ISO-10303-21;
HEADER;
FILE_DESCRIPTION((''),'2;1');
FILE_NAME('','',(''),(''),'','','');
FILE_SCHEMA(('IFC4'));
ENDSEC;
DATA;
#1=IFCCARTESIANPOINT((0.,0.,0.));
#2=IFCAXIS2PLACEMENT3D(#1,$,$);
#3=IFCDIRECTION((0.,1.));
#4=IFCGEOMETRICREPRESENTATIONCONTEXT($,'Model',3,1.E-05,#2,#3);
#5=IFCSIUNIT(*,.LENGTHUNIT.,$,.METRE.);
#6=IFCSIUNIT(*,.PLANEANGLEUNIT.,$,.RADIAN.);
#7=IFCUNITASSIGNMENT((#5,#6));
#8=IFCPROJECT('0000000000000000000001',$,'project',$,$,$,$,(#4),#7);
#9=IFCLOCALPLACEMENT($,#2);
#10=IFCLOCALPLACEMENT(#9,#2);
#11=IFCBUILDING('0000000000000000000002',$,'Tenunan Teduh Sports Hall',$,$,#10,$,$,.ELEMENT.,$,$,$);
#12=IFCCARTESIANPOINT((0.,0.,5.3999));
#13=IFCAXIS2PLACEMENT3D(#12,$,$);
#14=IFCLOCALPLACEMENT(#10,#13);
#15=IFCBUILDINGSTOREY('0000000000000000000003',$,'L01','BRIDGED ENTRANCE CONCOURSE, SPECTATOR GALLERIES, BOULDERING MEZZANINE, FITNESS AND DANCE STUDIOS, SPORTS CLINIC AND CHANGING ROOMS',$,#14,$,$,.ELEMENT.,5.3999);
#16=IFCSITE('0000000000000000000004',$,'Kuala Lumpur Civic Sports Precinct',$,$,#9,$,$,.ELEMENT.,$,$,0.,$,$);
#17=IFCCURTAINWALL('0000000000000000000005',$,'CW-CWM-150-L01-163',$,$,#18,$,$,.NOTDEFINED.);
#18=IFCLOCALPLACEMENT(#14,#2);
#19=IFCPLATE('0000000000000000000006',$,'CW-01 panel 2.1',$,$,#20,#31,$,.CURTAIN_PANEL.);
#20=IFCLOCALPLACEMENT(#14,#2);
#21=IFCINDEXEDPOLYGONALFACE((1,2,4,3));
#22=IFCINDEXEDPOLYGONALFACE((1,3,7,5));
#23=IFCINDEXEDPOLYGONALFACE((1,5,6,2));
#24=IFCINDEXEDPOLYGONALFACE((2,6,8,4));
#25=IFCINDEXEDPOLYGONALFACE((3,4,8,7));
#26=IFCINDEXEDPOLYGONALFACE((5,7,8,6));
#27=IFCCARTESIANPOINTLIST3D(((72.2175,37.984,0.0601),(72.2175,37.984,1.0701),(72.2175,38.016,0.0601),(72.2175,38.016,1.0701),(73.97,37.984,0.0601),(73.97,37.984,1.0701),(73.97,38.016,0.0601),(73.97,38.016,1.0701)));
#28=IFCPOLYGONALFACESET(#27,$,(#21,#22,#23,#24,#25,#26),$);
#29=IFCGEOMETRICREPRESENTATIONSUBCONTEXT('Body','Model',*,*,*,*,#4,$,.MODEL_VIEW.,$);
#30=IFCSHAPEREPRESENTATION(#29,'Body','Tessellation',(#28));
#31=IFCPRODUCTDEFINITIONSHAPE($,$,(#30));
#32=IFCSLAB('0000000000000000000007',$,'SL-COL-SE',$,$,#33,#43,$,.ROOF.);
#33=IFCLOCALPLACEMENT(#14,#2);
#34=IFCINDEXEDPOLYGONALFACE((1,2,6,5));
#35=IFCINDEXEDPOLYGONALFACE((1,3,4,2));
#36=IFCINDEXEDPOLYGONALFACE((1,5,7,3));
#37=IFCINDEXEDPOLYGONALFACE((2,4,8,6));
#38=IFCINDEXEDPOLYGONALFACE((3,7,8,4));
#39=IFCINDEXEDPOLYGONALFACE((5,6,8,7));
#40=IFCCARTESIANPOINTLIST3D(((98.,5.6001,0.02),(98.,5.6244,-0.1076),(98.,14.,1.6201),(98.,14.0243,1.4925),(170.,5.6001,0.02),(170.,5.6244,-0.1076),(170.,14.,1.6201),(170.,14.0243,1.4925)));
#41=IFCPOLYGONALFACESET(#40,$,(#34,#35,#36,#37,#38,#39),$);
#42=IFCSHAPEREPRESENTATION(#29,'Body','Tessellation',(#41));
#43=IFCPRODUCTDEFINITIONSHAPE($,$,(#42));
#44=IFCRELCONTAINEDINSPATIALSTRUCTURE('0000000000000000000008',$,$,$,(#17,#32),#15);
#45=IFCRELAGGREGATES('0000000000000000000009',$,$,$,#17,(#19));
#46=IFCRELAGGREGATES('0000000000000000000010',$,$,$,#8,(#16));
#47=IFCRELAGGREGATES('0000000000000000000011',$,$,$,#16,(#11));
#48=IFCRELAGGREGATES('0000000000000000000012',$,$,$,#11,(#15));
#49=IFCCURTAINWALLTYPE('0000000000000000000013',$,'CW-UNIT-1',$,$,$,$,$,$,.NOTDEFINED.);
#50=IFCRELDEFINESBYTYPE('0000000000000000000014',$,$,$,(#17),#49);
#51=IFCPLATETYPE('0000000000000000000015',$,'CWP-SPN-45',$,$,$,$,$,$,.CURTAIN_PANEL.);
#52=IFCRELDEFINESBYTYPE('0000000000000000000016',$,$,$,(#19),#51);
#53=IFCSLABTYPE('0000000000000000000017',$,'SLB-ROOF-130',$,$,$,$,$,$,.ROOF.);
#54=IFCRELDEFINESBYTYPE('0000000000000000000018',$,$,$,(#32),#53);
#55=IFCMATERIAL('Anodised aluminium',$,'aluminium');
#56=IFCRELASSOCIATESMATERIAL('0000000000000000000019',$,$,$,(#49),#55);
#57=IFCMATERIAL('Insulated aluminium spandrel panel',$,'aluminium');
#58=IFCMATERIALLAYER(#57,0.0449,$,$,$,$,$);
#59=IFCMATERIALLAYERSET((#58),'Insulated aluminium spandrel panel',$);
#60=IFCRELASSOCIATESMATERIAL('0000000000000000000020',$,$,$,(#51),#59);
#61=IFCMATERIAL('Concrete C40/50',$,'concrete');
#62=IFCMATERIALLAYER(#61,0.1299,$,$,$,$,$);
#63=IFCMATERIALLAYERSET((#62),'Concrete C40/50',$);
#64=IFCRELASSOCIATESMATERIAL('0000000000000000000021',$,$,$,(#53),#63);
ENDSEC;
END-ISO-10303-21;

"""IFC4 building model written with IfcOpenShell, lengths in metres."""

from ifc_helpers import new_model, si_unit, direction, frame, origin, origin_2d, place, context, subcontext, project, spatial, polyline, rectangle, outline, extrude, material, layer, layer_set, type_object, element, aggregate, save


model = new_model("IFC4")

# Units and contexts
model_context = context("Model", 3, precision=1e-05, world=origin(), true_north=direction((0.0, 1.0)))
body_context = subcontext(model_context, "Body", "Model", "MODEL_VIEW")
ifc_project = project(units=[si_unit("LENGTHUNIT", "METRE"), si_unit("PLANEANGLEUNIT", "RADIAN")], contexts=[model_context])

# Site, building, storey
site_placement = place(None, origin())
site = spatial("IfcSite", under=ifc_project, at=site_placement, Name="Kuala Lumpur Civic Sports Precinct", CompositionType="ELEMENT", RefElevation=0.0)
building_placement = place(site_placement, origin())
building = spatial("IfcBuilding", under=site, at=building_placement, Name="Tenunan Teduh Sports Hall", CompositionType="ELEMENT")
storey_placement = place(building_placement, frame((0.0, 0.0, 5.3999)))
storey = spatial("IfcBuildingStorey", under=building, at=storey_placement, Name="L01", Description="BRIDGED ENTRANCE CONCOURSE, SPECTATOR GALLERIES, BOULDERING MEZZANINE, FITNESS AND DANCE STUDIOS, SPORTS CLINIC AND CHANGING ROOMS", CompositionType="ELEMENT", Elevation=5.3999)

# Curtain wall
ifc_material_1 = material(Name="Anodised aluminium", Category="aluminium")
curtain_wall_type = type_object("IfcCurtainWallType", Name="CW-UNIT-1", PredefinedType="NOTDEFINED", material=ifc_material_1)
curtain_wall_placement = place(storey_placement, origin())
curtain_wall = element("IfcCurtainWall", 1, at=curtain_wall_placement, inside=storey, type_object=curtain_wall_type, Name="CW-CWM-150-L01-163", PredefinedType="NOTDEFINED")

# Plate
ifc_material_2 = material(Name="Insulated aluminium spandrel panel", Category="aluminium")
ifc_layer_1 = layer(ifc_material_2, 0.0449)
ifc_layer_set_1 = layer_set([ifc_layer_1], Name="Insulated aluminium spandrel panel")
plate_type_1 = type_object("IfcPlateType", Name="CWP-SPN-45", PredefinedType="CURTAIN_PANEL", material=ifc_layer_set_1)
plate_1_placement = place(storey_placement, frame((73.0938, 38.0, 0.0601), z_axis=(0.0, 0.0, 1.0), x_axis=(1.0, 0.0, 0.0)))
plate_1 = element("IfcPlate", 2, at=plate_1_placement, type_object=plate_type_1, Name="CW-01 panel 2.1", PredefinedType="CURTAIN_PANEL", context=body_context, shape_type="SweptSolid", body=[
    extrude(rectangle(XDim=1.7524, YDim=0.032, at=origin_2d()), origin(), (0.0, 0.0, 1.0), 1.01),
])
aggregate(curtain_wall, [plate_1])

# Slab
ifc_material_3 = material(Name="Concrete C40/50", Category="concrete")
ifc_layer_2 = layer(ifc_material_3, 0.1299)
ifc_layer_set_2 = layer_set([ifc_layer_2], Name="Concrete C40/50")
slab_type = type_object("IfcSlabType", Name="SLB-ROOF-130", PredefinedType="ROOF", material=ifc_layer_set_2)
slab_placement = place(storey_placement, frame((98.0, 5.6001, 0.02), z_axis=(0.0, -0.187125, 0.982336), x_axis=(1.0, 0.0, 0.0)))
element("IfcSlab", 3, at=slab_placement, inside=storey, type_object=slab_type, Name="SL-COL-SE", PredefinedType="ROOF", context=body_context, shape_type="SweptSolid", body=[
    extrude(outline(polyline([(0.0, 0.0), (72.0, 0.0), (72.0, 8.5509), (0.0, 8.5509), (0.0, 0.0)])), origin(), (0.0, 0.0, -1.0), 0.1299),
])

save(model, "model.ifc")
